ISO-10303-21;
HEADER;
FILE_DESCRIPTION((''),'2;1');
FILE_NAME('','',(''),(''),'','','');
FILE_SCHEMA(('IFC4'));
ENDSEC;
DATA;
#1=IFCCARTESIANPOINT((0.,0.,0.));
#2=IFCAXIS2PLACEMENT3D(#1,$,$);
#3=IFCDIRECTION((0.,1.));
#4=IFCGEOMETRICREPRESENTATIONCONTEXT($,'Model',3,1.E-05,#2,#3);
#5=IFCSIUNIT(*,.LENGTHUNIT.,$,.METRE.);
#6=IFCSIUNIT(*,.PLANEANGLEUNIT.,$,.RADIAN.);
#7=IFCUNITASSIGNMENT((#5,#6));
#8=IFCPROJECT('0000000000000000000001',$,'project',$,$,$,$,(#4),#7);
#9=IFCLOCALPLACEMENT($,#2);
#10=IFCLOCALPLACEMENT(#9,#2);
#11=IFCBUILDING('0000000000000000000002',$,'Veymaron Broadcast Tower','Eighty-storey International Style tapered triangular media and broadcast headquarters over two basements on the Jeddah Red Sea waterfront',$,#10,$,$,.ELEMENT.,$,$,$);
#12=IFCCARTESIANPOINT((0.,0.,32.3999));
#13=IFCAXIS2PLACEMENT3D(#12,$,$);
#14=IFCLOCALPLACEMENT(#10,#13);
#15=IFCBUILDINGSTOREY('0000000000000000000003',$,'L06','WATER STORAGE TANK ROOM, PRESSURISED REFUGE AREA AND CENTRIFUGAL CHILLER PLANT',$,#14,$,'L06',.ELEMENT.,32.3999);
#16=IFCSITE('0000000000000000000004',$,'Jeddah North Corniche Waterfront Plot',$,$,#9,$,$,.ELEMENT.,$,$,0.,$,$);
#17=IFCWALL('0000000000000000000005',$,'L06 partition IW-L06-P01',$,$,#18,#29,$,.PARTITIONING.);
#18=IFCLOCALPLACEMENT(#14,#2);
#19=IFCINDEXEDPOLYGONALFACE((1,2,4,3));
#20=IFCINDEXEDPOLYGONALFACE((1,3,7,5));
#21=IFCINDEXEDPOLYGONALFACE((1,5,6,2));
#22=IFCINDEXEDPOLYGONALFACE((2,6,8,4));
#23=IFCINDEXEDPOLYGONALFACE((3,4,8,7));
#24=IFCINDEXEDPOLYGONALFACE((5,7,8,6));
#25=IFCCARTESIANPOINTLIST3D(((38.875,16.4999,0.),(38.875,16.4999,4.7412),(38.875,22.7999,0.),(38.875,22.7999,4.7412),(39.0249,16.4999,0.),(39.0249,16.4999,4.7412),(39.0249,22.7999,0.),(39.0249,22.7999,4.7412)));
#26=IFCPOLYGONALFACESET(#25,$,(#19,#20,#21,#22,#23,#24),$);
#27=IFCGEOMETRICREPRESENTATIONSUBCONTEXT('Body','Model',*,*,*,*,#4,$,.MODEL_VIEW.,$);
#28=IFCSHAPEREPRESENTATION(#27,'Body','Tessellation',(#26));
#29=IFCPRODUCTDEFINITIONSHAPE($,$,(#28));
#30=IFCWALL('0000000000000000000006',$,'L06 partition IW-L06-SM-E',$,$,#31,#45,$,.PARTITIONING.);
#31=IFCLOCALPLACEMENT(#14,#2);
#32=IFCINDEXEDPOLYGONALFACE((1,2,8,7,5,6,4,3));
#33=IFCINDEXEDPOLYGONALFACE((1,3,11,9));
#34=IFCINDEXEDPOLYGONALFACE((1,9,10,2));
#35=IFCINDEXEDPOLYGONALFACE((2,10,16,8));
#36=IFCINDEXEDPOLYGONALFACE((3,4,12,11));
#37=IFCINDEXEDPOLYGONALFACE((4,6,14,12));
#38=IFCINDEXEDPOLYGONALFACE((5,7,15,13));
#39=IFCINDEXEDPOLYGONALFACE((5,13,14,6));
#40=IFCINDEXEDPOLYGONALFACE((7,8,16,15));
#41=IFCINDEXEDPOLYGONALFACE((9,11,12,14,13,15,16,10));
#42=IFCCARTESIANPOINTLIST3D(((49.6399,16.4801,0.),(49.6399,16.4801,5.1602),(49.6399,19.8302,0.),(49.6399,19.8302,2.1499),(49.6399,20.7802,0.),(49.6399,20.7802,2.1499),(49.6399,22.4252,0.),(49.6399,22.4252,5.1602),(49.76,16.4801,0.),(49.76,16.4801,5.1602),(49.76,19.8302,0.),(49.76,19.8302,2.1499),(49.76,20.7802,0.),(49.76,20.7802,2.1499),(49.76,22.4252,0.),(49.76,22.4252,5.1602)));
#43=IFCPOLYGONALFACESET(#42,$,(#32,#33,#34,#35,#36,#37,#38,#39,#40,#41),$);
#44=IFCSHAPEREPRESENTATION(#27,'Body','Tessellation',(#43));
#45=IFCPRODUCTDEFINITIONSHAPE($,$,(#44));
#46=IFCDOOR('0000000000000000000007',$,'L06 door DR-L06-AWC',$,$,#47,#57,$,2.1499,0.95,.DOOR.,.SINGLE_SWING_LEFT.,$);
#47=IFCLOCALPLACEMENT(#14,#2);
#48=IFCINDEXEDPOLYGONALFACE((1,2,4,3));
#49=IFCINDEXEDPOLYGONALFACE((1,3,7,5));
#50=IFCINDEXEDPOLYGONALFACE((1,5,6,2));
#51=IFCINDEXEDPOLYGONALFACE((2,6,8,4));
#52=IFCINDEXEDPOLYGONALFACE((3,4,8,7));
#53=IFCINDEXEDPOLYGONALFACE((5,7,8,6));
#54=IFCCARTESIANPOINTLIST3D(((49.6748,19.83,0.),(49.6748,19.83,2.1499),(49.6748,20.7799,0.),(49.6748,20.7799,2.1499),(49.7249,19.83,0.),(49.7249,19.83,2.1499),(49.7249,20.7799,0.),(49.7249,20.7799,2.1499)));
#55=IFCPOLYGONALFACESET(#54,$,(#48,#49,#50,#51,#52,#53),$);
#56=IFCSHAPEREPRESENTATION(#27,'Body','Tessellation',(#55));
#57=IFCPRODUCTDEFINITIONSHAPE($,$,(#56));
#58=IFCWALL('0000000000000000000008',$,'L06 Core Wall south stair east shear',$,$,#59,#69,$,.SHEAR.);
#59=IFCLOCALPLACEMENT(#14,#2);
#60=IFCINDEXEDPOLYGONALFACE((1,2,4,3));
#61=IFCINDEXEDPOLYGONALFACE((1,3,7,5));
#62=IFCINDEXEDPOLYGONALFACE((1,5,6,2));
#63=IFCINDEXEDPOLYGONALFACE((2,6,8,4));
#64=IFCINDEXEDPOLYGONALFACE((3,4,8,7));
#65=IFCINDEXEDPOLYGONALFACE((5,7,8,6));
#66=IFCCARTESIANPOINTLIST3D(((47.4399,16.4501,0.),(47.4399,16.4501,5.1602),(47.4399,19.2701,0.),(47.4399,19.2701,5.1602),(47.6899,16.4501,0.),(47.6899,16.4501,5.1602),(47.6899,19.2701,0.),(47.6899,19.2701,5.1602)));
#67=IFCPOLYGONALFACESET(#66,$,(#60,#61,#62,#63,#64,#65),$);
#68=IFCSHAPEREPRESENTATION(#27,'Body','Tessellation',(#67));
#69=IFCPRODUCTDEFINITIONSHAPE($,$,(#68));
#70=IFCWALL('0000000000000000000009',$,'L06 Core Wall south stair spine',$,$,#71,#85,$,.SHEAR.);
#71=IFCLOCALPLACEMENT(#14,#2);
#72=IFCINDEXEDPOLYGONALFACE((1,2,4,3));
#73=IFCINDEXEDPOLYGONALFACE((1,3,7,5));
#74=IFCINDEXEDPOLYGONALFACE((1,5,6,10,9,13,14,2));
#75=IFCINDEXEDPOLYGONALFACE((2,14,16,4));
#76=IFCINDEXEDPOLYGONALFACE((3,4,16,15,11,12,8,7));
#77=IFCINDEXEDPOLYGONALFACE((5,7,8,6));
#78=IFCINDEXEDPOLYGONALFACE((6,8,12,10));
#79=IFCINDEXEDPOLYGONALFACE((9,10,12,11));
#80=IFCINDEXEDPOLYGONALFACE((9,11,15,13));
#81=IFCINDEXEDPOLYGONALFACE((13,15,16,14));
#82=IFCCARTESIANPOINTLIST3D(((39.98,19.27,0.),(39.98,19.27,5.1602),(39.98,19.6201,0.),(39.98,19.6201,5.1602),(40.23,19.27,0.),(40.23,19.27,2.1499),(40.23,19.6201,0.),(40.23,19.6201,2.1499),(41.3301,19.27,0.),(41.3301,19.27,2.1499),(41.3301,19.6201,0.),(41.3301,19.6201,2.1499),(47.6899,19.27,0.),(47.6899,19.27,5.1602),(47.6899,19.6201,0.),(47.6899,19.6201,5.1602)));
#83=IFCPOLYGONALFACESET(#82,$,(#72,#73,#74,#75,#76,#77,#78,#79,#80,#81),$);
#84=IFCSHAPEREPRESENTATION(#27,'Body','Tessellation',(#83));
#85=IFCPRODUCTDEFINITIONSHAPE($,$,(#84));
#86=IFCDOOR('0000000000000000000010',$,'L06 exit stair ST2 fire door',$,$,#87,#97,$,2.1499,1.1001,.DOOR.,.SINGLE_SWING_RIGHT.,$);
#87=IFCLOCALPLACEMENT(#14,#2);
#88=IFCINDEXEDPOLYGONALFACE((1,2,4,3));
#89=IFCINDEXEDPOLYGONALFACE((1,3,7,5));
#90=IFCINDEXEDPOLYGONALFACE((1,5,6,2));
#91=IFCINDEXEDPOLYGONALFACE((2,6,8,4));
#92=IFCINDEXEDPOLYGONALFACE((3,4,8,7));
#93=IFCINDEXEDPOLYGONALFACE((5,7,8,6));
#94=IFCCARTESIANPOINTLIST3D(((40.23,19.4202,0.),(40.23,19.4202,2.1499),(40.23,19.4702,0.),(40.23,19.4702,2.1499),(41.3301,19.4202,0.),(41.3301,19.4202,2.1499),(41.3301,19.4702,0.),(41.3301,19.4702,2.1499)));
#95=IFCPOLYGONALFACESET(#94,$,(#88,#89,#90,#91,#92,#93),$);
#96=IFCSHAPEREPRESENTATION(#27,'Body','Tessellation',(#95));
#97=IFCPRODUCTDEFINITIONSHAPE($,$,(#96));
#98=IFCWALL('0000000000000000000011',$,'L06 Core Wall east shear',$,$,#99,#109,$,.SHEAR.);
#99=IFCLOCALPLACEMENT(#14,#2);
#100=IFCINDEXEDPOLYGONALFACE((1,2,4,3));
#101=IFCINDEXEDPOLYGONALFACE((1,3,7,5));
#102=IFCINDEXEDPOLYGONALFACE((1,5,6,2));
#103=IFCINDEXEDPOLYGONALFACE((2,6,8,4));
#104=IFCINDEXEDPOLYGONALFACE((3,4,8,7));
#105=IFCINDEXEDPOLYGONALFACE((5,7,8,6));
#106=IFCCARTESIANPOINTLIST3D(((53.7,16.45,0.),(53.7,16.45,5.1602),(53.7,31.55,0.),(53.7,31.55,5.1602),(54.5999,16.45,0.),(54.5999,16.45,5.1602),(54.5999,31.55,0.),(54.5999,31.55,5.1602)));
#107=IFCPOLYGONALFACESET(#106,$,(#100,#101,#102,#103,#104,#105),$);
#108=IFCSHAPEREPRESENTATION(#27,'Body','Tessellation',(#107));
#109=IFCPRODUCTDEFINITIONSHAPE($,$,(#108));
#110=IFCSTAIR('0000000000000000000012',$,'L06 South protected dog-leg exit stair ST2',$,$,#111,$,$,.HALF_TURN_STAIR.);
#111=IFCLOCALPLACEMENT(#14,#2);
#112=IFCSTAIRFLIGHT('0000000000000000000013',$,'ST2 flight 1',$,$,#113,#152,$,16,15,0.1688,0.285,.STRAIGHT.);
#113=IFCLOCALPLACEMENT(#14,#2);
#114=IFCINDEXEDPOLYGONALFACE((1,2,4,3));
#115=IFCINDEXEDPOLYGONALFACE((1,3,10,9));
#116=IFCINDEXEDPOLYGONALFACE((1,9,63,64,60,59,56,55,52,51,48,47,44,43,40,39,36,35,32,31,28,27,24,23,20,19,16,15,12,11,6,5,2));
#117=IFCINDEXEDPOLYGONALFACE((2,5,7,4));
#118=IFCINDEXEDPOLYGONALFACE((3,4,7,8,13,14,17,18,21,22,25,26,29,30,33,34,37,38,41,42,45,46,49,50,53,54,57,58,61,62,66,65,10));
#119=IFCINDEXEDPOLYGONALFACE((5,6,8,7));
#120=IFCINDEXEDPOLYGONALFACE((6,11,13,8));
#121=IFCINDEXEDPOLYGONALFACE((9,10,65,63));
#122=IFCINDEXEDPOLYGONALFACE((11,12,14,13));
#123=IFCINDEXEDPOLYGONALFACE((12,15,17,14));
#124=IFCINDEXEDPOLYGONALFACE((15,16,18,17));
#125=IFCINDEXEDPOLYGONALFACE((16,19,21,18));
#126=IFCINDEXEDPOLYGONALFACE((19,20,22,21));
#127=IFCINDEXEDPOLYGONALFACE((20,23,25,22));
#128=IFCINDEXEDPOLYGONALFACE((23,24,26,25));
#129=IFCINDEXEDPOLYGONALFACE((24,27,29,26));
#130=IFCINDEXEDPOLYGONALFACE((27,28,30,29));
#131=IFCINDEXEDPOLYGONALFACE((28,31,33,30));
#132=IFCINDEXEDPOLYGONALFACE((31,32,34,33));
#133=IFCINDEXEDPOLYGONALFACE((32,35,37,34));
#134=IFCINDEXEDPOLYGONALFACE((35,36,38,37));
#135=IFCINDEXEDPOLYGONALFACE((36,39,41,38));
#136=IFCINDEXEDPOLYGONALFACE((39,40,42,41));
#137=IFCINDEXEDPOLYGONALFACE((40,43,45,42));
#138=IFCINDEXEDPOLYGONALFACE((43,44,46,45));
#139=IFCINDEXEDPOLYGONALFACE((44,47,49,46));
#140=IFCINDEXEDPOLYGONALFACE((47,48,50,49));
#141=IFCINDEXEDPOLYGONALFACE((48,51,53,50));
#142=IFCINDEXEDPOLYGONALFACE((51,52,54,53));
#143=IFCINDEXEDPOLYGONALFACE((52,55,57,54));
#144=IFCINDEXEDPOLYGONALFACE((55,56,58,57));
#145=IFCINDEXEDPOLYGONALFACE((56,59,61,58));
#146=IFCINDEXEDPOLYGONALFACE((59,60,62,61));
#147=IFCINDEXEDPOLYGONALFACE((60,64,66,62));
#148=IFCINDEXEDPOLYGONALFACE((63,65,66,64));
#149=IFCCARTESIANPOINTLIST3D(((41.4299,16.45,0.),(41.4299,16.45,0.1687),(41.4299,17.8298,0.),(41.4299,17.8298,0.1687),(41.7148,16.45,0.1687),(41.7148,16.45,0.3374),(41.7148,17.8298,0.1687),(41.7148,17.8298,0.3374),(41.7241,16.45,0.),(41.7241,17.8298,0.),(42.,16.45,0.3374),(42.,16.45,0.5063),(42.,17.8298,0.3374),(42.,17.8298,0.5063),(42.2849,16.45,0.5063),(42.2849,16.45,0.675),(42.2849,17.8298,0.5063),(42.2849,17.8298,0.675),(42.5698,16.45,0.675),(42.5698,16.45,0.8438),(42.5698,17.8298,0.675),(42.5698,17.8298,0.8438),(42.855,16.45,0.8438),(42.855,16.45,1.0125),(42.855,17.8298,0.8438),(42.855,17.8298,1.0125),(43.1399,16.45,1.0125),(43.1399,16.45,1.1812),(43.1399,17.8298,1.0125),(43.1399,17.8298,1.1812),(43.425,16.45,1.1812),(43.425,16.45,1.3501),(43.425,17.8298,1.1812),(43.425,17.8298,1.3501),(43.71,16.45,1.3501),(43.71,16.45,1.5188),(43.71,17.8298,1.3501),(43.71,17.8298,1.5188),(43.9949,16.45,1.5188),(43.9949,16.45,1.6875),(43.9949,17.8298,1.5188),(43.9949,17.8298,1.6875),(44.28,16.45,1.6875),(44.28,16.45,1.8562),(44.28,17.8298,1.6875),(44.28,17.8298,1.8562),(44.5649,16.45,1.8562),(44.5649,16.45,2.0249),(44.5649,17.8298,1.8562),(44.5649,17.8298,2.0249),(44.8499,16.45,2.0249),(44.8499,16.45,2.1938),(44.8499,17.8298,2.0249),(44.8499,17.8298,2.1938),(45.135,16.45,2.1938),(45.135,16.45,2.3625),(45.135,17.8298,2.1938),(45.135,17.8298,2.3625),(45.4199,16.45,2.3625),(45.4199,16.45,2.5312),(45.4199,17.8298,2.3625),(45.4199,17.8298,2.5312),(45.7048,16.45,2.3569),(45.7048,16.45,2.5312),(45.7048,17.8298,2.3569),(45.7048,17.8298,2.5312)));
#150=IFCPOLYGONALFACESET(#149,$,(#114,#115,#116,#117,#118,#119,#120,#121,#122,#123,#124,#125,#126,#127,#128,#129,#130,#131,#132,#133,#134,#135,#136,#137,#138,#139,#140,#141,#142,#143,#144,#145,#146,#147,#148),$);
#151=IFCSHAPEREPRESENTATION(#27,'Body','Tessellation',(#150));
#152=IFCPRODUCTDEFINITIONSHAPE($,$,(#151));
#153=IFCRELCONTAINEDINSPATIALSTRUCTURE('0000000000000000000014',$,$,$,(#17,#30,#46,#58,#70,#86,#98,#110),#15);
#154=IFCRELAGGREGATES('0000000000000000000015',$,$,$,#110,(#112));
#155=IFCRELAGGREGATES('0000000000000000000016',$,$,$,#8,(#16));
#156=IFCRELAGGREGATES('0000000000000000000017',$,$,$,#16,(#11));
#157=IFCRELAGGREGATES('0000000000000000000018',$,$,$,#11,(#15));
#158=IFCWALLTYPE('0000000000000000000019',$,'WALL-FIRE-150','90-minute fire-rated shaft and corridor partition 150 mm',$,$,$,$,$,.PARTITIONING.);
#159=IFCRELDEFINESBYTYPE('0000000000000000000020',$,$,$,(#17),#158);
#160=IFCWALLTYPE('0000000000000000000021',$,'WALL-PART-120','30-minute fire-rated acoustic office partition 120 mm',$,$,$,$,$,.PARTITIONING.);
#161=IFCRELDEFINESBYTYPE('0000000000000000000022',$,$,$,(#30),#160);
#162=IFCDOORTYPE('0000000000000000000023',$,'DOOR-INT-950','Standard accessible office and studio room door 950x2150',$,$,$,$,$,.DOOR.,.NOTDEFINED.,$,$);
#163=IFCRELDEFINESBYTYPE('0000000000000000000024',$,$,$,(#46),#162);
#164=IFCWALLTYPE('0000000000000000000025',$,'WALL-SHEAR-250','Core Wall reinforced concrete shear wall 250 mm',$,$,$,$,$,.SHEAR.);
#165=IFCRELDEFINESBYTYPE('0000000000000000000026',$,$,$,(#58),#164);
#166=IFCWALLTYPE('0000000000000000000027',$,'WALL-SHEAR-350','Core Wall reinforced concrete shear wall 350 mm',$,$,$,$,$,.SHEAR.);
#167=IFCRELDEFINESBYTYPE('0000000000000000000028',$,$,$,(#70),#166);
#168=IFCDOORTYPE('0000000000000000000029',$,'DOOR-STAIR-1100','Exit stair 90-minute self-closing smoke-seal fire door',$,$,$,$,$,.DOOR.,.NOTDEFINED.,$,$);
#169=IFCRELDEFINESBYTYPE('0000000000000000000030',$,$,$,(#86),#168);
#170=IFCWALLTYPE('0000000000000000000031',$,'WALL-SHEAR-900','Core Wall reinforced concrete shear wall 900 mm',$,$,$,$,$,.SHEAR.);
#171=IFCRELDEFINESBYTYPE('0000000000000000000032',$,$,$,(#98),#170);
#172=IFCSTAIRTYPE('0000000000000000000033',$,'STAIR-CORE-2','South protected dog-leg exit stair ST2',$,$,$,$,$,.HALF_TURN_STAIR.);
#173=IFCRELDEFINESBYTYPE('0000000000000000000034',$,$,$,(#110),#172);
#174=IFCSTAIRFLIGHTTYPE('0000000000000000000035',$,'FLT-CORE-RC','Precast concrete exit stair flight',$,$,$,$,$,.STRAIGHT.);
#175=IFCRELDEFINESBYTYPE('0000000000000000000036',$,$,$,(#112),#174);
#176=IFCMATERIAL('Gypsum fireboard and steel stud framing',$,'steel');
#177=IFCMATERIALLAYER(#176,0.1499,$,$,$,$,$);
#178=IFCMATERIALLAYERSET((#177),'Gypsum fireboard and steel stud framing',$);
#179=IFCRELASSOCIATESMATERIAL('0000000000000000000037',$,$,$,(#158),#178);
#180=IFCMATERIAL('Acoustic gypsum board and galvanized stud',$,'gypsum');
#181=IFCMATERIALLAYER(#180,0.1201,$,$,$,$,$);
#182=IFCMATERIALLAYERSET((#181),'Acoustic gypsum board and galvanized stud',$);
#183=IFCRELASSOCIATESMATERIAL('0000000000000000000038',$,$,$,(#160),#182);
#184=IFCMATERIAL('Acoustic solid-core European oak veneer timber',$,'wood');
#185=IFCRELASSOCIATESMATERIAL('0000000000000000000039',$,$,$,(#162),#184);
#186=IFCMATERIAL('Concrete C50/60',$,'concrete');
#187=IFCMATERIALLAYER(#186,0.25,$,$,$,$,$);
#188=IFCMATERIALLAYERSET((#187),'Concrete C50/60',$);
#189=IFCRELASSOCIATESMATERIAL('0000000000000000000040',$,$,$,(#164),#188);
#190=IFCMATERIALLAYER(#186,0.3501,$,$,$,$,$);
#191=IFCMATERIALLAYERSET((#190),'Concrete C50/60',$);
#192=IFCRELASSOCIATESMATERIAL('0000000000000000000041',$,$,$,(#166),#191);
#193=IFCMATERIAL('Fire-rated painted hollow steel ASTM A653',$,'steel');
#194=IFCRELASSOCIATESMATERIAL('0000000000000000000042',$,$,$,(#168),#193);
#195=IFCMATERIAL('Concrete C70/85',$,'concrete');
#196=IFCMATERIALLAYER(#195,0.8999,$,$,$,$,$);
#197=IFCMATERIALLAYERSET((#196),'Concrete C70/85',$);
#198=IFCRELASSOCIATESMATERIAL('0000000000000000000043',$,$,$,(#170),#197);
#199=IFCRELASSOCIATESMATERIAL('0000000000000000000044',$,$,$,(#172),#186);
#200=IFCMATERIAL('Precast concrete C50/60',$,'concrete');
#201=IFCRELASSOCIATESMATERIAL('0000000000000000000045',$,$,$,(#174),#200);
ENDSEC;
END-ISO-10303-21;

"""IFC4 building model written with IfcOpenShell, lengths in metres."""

from ifc_helpers import new_model, si_unit, direction, frame, frame_2d, origin, place, context, subcontext, project, spatial, polyline, rectangle, outline, extrude, material, layer, layer_set, type_object, element, fill, aggregate, save


model = new_model("IFC4")

# Units and contexts
model_context = context("Model", 3, precision=1e-05, world=origin(), true_north=direction((0.0, 1.0)))
body_context = subcontext(model_context, "Body", "Model", "MODEL_VIEW")
ifc_project = project(units=[si_unit("LENGTHUNIT", "METRE"), si_unit("PLANEANGLEUNIT", "RADIAN")], contexts=[model_context])

# Site, building, storey
site_placement = place(None, origin())
site = spatial("IfcSite", under=ifc_project, at=site_placement, Name="Jeddah North Corniche Waterfront Plot", CompositionType="ELEMENT", RefElevation=0.0)
building_placement = place(site_placement, origin())
building = spatial("IfcBuilding", under=site, at=building_placement, Name="Veymaron Broadcast Tower", Description="Eighty-storey International Style tapered triangular media and broadcast headquarters over two basements on the Jeddah Red Sea waterfront", CompositionType="ELEMENT")
storey_placement = place(building_placement, frame((0.0, 0.0, 32.3999)))
storey = spatial("IfcBuildingStorey", under=building, at=storey_placement, Name="L06", Description="WATER STORAGE TANK ROOM, PRESSURISED REFUGE AREA AND CENTRIFUGAL CHILLER PLANT", LongName="L06", CompositionType="ELEMENT", Elevation=32.3999)

# Shared definitions
ifc_material_1 = material(Name="Concrete C70/85", Category="concrete")

# Shared definitions
ifc_material_2 = material(Name="Gypsum fireboard and steel stud framing", Category="steel")
ifc_layer_1 = layer(ifc_material_2, 0.1499)
ifc_layer_set_1 = layer_set([ifc_layer_1], Name="Gypsum fireboard and steel stud framing")
wall_type_1 = type_object("IfcWallType", Name="WALL-FIRE-150", Description="90-minute fire-rated shaft and corridor partition 150 mm", PredefinedType="PARTITIONING", material=ifc_layer_set_1)
ifc_material_3 = material(Name="Fire-rated painted hollow steel ASTM A653", Category="steel")

# Wall
wall_1_placement = place(storey_placement, frame((38.95, 16.5, 0.0), z_axis=(0.0, 0.0, 1.0), x_axis=(0.0, 1.0, 0.0)))
element("IfcWall", 1, at=wall_1_placement, inside=storey, type_object=wall_type_1, Name="L06 partition IW-L06-P01", PredefinedType="PARTITIONING", context=body_context, shape_type="SweptSolid", body=[
    extrude(rectangle(XDim=6.3, YDim=0.1499, at=frame_2d((3.1499, 0.0))), origin(), (0.0, 0.0, 1.0), 4.7412),
])

# Wall, opening, door
ifc_material_4 = material(Name="Acoustic gypsum board and galvanized stud", Category="gypsum")
ifc_layer_2 = layer(ifc_material_4, 0.1201)
ifc_layer_set_2 = layer_set([ifc_layer_2], Name="Acoustic gypsum board and galvanized stud")
wall_type_2 = type_object("IfcWallType", Name="WALL-PART-120", Description="30-minute fire-rated acoustic office partition 120 mm", PredefinedType="PARTITIONING", material=ifc_layer_set_2)
wall_2_placement = place(storey_placement, frame((49.7, 16.48, 0.0), z_axis=(0.0, 0.0, 1.0), x_axis=(0.0, 1.0, 0.0)))
wall_2 = element("IfcWall", 2, at=wall_2_placement, inside=storey, type_object=wall_type_2, Name="L06 partition IW-L06-SM-E", PredefinedType="PARTITIONING", context=body_context, shape_type="SweptSolid", body=[
    extrude(rectangle(XDim=5.9451, YDim=0.1201, at=frame_2d((2.9727, 0.0))), origin(), (0.0, 0.0, 1.0), 5.1602),
])
opening_1_placement = place(wall_2_placement, frame((3.3501, 0.0, 0.0)))
opening_1 = element("IfcOpeningElement", 3, at=opening_1_placement, cuts=wall_2, PredefinedType="OPENING", context=body_context, shape_type="SweptSolid", body=[
    extrude(rectangle(XDim=0.95, YDim=2.1499, at=frame_2d((0.4751, 1.075))), frame((0.0, 0.0701, 0.0), z_axis=(0.0, -1.0, 0.0), x_axis=(1.0, 0.0, 0.0)), (0.0, 0.0, 1.0), 0.1401),
])
ifc_material_5 = material(Name="Acoustic solid-core European oak veneer timber", Category="wood")
door_type_1 = type_object("IfcDoorType", Name="DOOR-INT-950", Description="Standard accessible office and studio room door 950x2150", OperationType="NOTDEFINED", PredefinedType="DOOR", material=ifc_material_5)
door_1_placement = place(opening_1_placement, frame((0.95, 0.0, 0.0), z_axis=(0.0, 0.0, 1.0), x_axis=(-1.0, 0.0, 0.0)))
door_1 = element("IfcDoor", 4, at=door_1_placement, inside=storey, type_object=door_type_1, Name="L06 door DR-L06-AWC", OperationType="SINGLE_SWING_LEFT", OverallHeight=2.1499, OverallWidth=0.95, PredefinedType="DOOR", context=body_context, shape_type="SweptSolid", body=[
    extrude(rectangle(XDim=0.95, YDim=2.1499, at=frame_2d((0.4751, 1.075))), frame((0.0, 0.0249, 0.0), z_axis=(0.0, -1.0, 0.0), x_axis=(1.0, 0.0, 0.0)), (0.0, 0.0, 1.0), 0.05),
])
fill(opening_1, door_1)

# Wall
ifc_material_6 = material(Name="Concrete C50/60", Category="concrete")
ifc_layer_3 = layer(ifc_material_6, 0.25)
ifc_layer_set_3 = layer_set([ifc_layer_3], Name="Concrete C50/60")
wall_type_3 = type_object("IfcWallType", Name="WALL-SHEAR-250", Description="Core Wall reinforced concrete shear wall 250 mm", PredefinedType="SHEAR", material=ifc_layer_set_3)
wall_3_placement = place(storey_placement, frame((47.5649, 16.45, 0.0), z_axis=(0.0, 0.0, 1.0), x_axis=(0.0, 1.0, 0.0)))
element("IfcWall", 5, at=wall_3_placement, inside=storey, type_object=wall_type_3, Name="L06 Core Wall south stair east shear", PredefinedType="SHEAR", context=body_context, shape_type="SweptSolid", body=[
    extrude(rectangle(XDim=2.8201, YDim=0.25, at=frame_2d((1.4102, 0.0))), origin(), (0.0, 0.0, 1.0), 5.1602),
])

# Wall, opening, door
ifc_layer_4 = layer(ifc_material_6, 0.3501)
ifc_layer_set_4 = layer_set([ifc_layer_4], Name="Concrete C50/60")
wall_type_4 = type_object("IfcWallType", Name="WALL-SHEAR-350", Description="Core Wall reinforced concrete shear wall 350 mm", PredefinedType="SHEAR", material=ifc_layer_set_4)
wall_4_placement = place(storey_placement, frame((39.98, 19.4451, 0.0), z_axis=(0.0, 0.0, 1.0), x_axis=(1.0, 0.0, 0.0)))
wall_4 = element("IfcWall", 6, at=wall_4_placement, inside=storey, type_object=wall_type_4, Name="L06 Core Wall south stair spine", PredefinedType="SHEAR", context=body_context, shape_type="SweptSolid", body=[
    extrude(rectangle(XDim=7.71, YDim=0.3501, at=frame_2d((3.855, 0.0))), origin(), (0.0, 0.0, 1.0), 5.1602),
])
opening_2_placement = place(wall_4_placement, frame((0.25, 0.0, 0.0)))
opening_2 = element("IfcOpeningElement", 7, at=opening_2_placement, cuts=wall_4, PredefinedType="OPENING", context=body_context, shape_type="SweptSolid", body=[
    extrude(rectangle(XDim=1.1001, YDim=2.1499, at=frame_2d((0.55, 1.075))), frame((0.0, 0.1851, 0.0), z_axis=(0.0, -1.0, 0.0), x_axis=(1.0, 0.0, 0.0)), (0.0, 0.0, 1.0), 0.3701),
])
door_type_2 = type_object("IfcDoorType", Name="DOOR-STAIR-1100", Description="Exit stair 90-minute self-closing smoke-seal fire door", OperationType="NOTDEFINED", PredefinedType="DOOR", material=ifc_material_3)
door_2_placement = place(opening_2_placement, frame((1.1001, 0.0, 0.0), z_axis=(0.0, 0.0, 1.0), x_axis=(-1.0, 0.0, 0.0)))
door_2 = element("IfcDoor", 8, at=door_2_placement, inside=storey, type_object=door_type_2, Name="L06 exit stair ST2 fire door", OperationType="SINGLE_SWING_RIGHT", OverallHeight=2.1499, OverallWidth=1.1001, PredefinedType="DOOR", context=body_context, shape_type="SweptSolid", body=[
    extrude(rectangle(XDim=1.1001, YDim=2.1499, at=frame_2d((0.55, 1.075))), frame((0.0, 0.0249, 0.0), z_axis=(0.0, -1.0, 0.0), x_axis=(1.0, 0.0, 0.0)), (0.0, 0.0, 1.0), 0.05),
])
fill(opening_2, door_2)

# Wall
ifc_layer_5 = layer(ifc_material_1, 0.8999)
ifc_layer_set_5 = layer_set([ifc_layer_5], Name="Concrete C70/85")
wall_type_5 = type_object("IfcWallType", Name="WALL-SHEAR-900", Description="Core Wall reinforced concrete shear wall 900 mm", PredefinedType="SHEAR", material=ifc_layer_set_5)
wall_5_placement = place(storey_placement, frame((54.1499, 16.45, 0.0), z_axis=(0.0, 0.0, 1.0), x_axis=(0.0, 1.0, 0.0)))
element("IfcWall", 9, at=wall_5_placement, inside=storey, type_object=wall_type_5, Name="L06 Core Wall east shear", PredefinedType="SHEAR", context=body_context, shape_type="SweptSolid", body=[
    extrude(rectangle(XDim=15.1001, YDim=0.8999, at=frame_2d((7.55, 0.0))), origin(), (0.0, 0.0, 1.0), 5.1602),
])

# Stair, stair flight
stair_type = type_object("IfcStairType", Name="STAIR-CORE-2", Description="South protected dog-leg exit stair ST2", PredefinedType="HALF_TURN_STAIR", material=ifc_material_6)
stair_placement = place(storey_placement, origin())
stair = element("IfcStair", 10, at=stair_placement, inside=storey, type_object=stair_type, Name="L06 South protected dog-leg exit stair ST2", PredefinedType="HALF_TURN_STAIR")
ifc_material_7 = material(Name="Precast concrete C50/60", Category="concrete")
stair_flight_type = type_object("IfcStairFlightType", Name="FLT-CORE-RC", Description="Precast concrete exit stair flight", PredefinedType="STRAIGHT", material=ifc_material_7)
stair_flight_1_placement = place(storey_placement, frame((41.4299, 17.1399, 0.0), z_axis=(0.0, 0.0, 1.0), x_axis=(1.0, 0.0, 0.0)))
stair_flight_1 = element("IfcStairFlight", 11, at=stair_flight_1_placement, type_object=stair_flight_type, Name="ST2 flight 1", NumberOfRisers=16, NumberOfTreads=15, PredefinedType="STRAIGHT", RiserHeight=0.1688, TreadLength=0.285, context=body_context, shape_type="SweptSolid", body=[
    extrude(outline(polyline([(0.0, 0.0), (0.0, 0.1687), (0.2849, 0.1687), (0.2849, 0.3374), (0.5701, 0.3374), (0.5701, 0.5063), (0.855, 0.5063), (0.855, 0.675), (1.1399, 0.675), (1.1399, 0.8438), (1.425, 0.8438), (1.425, 1.0125), (1.71, 1.0125), (1.71, 1.1812), (1.9951, 1.1812), (1.9951, 1.3501), (2.28, 1.3501), (2.28, 1.5188), (2.5649, 1.5188), (2.5649, 1.6875), (2.8501, 1.6875), (2.8501, 1.8562), (3.135, 1.8562), (3.135, 2.0249), (3.4199, 2.0249), (3.4199, 2.1938), (3.7051, 2.1938), (3.7051, 2.3625), (3.99, 2.3625), (3.99, 2.5312), (4.2749, 2.5312), (4.2749, 2.7), (4.2749, 2.3569), (0.2942, 0.0), (0.0, 0.0)])), frame((0.0, 0.6899, 0.0), z_axis=(0.0, -1.0, 0.0), x_axis=(1.0, 0.0, 0.0)), (0.0, 0.0, 1.0), 1.3799),
])
aggregate(stair, [stair_flight_1])

save(model, "model.ifc")
